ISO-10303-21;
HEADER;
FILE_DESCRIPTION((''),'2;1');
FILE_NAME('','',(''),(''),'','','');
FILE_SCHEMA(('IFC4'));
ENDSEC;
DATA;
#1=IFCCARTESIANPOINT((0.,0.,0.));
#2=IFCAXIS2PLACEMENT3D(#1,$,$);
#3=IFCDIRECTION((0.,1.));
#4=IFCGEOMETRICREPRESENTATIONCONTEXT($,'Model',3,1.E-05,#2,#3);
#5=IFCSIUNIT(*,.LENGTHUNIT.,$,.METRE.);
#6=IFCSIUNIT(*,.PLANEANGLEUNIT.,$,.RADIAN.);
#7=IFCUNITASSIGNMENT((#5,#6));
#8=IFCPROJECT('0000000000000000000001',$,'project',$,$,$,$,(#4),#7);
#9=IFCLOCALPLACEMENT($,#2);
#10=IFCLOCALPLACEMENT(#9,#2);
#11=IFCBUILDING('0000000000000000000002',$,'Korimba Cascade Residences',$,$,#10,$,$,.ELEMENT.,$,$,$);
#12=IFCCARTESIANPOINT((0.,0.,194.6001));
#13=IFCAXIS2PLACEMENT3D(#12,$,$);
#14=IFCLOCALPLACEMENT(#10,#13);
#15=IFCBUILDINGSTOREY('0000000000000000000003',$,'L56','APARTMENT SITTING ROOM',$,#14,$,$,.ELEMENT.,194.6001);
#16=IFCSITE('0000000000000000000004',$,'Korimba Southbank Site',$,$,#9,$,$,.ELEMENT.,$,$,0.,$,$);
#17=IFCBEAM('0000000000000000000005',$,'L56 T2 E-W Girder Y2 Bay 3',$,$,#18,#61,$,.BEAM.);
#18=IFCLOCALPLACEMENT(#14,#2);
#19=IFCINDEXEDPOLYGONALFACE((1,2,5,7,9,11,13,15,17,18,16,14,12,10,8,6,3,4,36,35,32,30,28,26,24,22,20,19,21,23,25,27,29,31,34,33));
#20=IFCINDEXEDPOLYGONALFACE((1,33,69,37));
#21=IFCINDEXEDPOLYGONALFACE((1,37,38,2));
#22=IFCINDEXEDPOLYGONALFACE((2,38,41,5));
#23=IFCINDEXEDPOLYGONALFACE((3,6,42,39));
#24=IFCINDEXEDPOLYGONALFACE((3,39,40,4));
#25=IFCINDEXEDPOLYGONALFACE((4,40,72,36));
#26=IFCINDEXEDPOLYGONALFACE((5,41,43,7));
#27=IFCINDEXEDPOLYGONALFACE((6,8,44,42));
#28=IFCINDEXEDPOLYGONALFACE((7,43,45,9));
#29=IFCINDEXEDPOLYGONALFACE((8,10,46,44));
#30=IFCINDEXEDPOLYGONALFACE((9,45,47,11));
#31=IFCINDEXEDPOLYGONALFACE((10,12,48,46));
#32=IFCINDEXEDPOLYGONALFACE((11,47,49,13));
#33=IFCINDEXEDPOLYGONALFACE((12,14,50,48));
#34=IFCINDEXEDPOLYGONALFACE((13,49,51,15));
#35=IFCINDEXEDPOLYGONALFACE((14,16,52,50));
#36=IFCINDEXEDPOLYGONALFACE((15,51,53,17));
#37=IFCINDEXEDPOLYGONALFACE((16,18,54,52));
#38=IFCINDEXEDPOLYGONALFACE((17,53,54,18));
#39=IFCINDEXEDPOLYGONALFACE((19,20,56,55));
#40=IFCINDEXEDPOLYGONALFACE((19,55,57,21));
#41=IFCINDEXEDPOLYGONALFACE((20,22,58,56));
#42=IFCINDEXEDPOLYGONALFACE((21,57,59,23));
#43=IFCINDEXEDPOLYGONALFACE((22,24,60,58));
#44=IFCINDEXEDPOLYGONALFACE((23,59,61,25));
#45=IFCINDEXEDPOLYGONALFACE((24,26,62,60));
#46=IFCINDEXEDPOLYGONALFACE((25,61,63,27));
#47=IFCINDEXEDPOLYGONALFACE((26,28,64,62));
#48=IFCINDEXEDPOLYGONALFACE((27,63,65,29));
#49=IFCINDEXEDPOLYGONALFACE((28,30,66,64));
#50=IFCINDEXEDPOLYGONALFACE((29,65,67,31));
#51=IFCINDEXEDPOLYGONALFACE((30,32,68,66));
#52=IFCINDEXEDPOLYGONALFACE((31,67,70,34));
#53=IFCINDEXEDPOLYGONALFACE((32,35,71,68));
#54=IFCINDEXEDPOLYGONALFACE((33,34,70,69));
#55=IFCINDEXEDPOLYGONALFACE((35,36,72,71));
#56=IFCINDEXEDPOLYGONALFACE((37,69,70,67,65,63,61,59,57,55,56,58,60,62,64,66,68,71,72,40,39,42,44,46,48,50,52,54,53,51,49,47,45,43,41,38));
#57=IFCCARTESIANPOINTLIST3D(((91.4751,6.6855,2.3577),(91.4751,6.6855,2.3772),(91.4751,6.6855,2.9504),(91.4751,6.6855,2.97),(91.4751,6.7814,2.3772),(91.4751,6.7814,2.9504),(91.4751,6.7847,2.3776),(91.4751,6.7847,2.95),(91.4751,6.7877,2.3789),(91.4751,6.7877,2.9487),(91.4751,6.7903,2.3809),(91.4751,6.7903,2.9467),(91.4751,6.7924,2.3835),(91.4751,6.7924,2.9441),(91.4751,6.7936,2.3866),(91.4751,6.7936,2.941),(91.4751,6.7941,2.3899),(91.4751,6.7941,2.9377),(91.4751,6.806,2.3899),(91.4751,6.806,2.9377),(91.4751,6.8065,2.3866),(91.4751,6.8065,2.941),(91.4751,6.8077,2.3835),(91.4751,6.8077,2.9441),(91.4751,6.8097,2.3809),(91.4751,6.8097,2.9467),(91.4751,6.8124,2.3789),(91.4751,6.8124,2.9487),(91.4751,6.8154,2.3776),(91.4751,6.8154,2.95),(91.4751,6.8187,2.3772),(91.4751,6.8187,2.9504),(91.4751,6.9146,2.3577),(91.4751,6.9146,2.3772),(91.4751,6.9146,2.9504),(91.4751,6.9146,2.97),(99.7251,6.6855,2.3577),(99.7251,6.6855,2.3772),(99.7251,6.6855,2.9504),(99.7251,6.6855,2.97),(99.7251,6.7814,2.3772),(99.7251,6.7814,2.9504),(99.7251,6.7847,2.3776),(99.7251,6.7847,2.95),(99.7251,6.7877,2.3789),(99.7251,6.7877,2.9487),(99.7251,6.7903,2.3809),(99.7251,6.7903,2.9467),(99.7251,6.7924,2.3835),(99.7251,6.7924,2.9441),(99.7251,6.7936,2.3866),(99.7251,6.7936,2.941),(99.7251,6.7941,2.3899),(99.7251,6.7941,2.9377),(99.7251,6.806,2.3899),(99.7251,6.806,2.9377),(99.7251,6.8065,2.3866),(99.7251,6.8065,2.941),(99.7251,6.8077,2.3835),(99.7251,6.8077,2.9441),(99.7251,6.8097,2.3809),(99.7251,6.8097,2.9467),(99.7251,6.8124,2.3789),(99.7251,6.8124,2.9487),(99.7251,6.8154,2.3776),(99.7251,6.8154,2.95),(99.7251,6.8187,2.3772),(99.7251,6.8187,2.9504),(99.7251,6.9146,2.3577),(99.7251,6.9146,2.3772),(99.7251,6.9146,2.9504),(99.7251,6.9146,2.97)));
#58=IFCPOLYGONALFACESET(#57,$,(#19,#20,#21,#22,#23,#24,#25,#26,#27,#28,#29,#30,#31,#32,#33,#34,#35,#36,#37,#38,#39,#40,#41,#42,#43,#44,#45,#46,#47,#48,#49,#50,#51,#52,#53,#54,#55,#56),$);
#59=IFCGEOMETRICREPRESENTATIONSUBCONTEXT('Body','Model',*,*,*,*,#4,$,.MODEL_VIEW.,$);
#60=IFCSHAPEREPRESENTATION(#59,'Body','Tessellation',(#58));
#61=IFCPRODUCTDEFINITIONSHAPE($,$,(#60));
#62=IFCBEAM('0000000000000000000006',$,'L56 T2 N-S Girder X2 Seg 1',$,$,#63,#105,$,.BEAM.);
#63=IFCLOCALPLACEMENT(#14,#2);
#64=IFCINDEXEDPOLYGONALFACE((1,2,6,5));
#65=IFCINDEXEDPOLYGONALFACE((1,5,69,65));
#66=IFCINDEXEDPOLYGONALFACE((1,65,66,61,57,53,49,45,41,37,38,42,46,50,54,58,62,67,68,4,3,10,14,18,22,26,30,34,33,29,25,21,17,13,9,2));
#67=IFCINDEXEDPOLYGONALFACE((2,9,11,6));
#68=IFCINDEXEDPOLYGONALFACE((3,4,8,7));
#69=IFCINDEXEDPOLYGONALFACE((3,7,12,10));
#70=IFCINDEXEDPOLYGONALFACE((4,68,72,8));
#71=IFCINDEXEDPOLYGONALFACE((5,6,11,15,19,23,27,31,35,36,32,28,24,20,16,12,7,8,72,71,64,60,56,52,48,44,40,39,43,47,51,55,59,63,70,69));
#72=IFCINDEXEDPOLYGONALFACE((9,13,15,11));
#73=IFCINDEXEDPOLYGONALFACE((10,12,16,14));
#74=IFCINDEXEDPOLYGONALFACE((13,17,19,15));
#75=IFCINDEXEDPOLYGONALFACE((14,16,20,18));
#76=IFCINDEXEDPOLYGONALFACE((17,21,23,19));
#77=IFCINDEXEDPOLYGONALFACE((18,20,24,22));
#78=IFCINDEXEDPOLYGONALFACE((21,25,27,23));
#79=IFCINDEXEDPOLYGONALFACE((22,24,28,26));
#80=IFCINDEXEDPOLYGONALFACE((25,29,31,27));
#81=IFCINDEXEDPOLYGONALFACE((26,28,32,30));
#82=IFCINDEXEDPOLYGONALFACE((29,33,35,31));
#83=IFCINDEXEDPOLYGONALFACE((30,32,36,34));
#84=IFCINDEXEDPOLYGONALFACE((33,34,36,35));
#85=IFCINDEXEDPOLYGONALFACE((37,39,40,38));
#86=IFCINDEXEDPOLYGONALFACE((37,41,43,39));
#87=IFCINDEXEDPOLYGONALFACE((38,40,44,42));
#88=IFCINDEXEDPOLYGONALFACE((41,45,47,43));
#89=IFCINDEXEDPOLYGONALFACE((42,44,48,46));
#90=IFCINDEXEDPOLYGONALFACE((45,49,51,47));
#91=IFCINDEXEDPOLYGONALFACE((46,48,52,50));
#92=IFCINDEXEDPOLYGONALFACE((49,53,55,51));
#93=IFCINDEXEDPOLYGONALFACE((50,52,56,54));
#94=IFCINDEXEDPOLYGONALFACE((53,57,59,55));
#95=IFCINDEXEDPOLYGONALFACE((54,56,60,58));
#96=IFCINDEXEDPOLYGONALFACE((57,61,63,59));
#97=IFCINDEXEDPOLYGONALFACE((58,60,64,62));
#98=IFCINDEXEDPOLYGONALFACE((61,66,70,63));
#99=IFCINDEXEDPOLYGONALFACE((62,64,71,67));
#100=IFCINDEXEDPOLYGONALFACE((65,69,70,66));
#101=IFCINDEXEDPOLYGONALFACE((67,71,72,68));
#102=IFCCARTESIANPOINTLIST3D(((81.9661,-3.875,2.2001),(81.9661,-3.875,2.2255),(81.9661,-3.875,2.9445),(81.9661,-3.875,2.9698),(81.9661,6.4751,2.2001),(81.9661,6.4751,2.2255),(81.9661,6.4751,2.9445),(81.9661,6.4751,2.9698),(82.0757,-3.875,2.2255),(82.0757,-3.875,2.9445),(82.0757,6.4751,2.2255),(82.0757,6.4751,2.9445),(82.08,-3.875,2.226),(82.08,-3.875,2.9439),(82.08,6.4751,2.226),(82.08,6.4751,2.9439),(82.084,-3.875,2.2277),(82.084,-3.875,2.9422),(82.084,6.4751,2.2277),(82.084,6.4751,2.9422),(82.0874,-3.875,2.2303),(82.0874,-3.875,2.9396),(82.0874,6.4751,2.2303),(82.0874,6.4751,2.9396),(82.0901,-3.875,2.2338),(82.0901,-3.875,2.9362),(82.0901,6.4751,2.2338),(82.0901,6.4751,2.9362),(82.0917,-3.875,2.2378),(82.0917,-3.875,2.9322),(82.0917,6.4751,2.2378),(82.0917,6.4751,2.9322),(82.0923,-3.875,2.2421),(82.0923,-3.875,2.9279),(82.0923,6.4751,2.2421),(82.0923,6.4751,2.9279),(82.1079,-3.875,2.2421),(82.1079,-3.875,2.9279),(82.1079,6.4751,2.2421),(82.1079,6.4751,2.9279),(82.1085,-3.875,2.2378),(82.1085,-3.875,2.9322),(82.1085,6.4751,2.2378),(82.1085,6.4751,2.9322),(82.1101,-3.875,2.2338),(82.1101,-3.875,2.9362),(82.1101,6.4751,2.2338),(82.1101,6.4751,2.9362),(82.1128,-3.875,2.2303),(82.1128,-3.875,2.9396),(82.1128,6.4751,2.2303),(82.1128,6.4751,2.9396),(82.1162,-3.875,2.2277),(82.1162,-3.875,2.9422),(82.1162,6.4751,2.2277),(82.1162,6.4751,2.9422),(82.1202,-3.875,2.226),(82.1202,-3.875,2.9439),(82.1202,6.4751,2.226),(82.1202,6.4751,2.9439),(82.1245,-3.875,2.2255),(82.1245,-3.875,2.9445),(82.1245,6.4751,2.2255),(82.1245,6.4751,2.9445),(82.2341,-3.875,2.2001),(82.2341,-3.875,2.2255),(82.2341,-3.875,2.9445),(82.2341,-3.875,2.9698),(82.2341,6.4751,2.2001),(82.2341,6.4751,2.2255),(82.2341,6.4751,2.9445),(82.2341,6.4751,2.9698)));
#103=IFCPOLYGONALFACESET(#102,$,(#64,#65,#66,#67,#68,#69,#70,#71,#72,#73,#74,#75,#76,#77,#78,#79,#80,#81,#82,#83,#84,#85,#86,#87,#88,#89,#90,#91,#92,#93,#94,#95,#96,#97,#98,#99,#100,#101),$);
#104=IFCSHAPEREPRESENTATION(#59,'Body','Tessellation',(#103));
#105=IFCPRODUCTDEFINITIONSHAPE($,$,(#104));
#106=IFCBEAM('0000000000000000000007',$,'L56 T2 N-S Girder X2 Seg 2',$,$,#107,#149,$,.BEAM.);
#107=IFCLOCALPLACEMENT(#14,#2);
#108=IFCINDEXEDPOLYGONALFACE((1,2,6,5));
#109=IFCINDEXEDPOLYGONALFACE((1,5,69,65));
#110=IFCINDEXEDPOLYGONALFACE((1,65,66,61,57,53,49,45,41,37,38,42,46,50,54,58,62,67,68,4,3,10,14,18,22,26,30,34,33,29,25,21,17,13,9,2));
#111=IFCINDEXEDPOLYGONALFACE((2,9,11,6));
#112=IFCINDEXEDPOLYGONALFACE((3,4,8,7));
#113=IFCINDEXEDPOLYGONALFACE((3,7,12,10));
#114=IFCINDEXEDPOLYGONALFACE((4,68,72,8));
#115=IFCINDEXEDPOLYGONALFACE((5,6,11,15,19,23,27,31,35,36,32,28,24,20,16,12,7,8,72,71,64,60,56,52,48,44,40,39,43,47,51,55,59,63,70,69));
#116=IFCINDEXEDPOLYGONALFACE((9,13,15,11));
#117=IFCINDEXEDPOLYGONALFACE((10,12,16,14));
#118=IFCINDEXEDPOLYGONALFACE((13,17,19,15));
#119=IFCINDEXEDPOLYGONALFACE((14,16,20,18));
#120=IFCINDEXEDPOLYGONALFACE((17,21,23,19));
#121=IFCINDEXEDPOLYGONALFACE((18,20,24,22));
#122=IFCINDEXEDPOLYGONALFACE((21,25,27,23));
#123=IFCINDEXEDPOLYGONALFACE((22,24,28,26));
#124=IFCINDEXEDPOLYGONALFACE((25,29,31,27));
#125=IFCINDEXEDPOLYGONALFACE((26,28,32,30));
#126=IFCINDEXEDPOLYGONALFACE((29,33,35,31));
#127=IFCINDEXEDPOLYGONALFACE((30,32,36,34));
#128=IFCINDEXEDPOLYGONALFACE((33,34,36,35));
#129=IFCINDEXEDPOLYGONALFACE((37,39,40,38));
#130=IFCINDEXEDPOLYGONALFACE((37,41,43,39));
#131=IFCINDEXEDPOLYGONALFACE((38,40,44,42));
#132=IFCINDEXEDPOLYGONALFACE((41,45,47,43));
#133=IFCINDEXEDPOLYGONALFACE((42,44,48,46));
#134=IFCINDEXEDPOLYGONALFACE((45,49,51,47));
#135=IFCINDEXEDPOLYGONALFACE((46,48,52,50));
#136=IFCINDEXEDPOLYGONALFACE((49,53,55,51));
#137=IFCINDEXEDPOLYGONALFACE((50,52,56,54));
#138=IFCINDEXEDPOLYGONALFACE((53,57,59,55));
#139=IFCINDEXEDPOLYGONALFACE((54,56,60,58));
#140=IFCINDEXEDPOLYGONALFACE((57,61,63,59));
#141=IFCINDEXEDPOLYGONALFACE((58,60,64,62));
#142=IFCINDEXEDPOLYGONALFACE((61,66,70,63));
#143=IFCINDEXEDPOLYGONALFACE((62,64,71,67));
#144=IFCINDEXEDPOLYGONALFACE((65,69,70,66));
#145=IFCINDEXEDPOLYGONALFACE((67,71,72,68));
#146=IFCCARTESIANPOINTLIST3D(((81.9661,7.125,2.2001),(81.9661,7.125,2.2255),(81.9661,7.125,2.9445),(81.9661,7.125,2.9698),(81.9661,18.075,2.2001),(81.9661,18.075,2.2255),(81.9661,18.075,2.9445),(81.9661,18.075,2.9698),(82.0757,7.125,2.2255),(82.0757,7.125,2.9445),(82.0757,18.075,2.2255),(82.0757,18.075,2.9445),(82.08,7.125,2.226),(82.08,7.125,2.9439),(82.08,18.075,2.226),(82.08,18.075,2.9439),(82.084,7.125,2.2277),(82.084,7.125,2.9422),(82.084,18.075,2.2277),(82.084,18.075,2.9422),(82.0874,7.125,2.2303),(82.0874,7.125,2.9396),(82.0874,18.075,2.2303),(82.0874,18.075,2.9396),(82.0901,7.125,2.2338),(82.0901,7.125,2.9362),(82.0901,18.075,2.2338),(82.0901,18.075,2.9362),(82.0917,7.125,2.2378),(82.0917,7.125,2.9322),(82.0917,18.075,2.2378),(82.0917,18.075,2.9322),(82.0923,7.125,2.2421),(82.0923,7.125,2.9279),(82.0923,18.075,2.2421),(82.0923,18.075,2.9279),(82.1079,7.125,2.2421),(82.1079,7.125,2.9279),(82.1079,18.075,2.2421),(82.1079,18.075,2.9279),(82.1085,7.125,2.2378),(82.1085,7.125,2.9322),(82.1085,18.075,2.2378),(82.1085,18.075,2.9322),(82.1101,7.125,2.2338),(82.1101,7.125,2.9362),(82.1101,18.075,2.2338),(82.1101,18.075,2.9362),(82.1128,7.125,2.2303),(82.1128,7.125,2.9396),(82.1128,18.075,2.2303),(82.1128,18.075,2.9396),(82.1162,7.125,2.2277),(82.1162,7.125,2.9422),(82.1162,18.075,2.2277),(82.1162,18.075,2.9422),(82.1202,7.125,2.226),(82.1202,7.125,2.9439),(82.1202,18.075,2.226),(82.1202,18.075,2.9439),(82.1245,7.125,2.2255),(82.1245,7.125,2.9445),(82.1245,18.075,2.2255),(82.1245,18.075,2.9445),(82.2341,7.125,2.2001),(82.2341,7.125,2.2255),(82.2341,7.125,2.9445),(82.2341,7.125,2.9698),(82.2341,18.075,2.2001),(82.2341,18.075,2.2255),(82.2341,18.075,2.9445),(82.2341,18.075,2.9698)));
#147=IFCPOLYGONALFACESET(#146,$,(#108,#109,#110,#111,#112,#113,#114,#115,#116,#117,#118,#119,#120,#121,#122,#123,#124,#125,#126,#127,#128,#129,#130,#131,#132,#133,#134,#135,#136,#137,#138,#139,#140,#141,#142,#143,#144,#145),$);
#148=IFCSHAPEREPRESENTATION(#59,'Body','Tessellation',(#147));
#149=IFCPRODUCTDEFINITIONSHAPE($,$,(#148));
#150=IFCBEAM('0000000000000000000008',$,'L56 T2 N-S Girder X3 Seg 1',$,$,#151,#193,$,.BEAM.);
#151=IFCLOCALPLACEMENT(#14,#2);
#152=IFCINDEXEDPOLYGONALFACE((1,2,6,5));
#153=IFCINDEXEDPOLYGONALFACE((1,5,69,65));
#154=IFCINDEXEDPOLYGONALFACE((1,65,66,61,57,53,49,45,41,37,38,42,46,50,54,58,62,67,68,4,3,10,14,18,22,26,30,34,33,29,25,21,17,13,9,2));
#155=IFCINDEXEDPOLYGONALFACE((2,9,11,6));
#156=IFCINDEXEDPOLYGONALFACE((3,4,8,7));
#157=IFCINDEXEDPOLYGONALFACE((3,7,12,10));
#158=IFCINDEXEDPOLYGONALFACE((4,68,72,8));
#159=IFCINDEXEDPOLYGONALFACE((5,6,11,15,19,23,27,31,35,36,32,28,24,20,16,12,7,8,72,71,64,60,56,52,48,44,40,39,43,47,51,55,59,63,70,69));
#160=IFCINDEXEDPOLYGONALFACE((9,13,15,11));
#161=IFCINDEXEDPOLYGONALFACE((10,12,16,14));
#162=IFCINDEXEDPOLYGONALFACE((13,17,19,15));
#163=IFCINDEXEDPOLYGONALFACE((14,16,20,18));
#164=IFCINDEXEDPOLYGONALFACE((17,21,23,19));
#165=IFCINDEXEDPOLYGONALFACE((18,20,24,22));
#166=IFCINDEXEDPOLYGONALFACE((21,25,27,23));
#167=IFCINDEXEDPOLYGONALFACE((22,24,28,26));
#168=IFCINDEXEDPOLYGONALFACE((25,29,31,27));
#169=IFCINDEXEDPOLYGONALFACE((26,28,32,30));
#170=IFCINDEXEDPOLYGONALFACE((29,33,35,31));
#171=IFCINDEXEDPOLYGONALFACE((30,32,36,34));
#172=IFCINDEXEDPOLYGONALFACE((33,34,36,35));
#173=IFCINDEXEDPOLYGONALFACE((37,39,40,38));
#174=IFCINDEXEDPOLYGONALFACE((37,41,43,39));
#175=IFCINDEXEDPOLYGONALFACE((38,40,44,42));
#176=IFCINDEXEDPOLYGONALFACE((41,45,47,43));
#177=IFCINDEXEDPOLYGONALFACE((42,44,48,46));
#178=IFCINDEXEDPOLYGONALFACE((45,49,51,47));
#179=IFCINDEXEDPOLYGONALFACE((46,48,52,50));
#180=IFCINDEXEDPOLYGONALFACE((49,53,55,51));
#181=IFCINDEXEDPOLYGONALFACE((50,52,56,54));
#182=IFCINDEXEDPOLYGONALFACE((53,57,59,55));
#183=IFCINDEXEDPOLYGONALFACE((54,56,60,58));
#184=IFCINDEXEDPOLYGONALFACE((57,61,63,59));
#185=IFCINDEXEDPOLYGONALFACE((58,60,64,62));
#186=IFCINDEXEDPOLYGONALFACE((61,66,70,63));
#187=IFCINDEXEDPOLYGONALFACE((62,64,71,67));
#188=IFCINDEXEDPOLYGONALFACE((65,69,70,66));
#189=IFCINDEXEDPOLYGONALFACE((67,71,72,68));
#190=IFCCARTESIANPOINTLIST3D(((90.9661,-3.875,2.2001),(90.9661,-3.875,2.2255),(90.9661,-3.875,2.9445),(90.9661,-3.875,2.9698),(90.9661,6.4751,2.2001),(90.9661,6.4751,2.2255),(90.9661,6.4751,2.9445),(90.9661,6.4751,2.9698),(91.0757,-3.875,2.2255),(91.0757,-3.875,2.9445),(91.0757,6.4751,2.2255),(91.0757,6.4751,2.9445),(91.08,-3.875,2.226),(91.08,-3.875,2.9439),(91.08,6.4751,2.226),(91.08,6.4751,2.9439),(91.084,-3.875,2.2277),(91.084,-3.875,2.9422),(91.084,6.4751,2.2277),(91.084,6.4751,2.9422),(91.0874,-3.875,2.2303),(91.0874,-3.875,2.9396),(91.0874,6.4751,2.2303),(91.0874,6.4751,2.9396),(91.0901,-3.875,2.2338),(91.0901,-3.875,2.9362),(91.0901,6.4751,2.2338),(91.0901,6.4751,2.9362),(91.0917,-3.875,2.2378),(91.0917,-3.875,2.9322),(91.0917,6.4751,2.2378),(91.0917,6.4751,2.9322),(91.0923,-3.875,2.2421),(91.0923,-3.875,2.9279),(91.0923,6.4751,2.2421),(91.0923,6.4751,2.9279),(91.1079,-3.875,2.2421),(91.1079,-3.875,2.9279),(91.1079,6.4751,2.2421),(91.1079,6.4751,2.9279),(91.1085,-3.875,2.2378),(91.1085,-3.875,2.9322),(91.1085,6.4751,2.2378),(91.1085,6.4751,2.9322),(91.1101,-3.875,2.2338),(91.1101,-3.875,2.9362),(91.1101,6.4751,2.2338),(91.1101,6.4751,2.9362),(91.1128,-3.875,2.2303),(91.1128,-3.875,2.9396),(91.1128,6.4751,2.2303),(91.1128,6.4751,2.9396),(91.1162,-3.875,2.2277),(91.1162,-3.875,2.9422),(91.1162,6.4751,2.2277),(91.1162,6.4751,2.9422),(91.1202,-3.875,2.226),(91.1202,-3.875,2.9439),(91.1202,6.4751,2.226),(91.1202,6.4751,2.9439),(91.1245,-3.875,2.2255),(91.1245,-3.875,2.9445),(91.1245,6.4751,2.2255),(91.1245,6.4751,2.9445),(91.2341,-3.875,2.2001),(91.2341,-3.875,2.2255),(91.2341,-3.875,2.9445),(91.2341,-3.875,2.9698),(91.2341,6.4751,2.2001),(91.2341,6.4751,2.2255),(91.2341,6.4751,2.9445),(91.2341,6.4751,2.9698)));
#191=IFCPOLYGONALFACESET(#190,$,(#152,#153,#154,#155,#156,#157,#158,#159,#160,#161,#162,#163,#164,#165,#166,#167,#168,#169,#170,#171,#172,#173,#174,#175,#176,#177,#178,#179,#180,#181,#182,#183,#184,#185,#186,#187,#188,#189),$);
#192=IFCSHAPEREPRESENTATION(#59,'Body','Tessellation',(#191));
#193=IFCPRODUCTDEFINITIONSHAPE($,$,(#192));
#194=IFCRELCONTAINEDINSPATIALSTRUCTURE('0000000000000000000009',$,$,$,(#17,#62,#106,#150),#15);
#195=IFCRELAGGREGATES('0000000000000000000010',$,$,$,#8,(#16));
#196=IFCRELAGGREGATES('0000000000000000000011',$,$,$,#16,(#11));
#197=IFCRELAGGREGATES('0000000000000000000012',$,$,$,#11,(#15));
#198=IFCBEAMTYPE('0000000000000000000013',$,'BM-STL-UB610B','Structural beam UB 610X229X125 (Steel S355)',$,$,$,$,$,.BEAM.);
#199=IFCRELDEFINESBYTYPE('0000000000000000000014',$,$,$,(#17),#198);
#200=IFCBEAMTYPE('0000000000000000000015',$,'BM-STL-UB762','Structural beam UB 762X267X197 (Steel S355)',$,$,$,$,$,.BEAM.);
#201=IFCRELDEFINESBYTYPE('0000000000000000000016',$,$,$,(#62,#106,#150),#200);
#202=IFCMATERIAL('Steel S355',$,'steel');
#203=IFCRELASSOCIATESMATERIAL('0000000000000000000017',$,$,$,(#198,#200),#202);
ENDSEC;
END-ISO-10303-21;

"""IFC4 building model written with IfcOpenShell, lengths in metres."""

from ifc_helpers import new_model, si_unit, direction, frame, origin, origin_2d, place, context, subcontext, project, spatial, i_section, extrude, material, material_profile, profile_set, type_object, element, save


model = new_model("IFC4")

# Units and contexts
model_context = context("Model", 3, precision=1e-05, world=origin(), true_north=direction((0.0, 1.0)))
body_context = subcontext(model_context, "Body", "Model", "MODEL_VIEW")
ifc_project = project(units=[si_unit("LENGTHUNIT", "METRE"), si_unit("PLANEANGLEUNIT", "RADIAN")], contexts=[model_context])

# Site, building, storey
site_placement = place(None, origin())
site = spatial("IfcSite", under=ifc_project, at=site_placement, Name="Korimba Southbank Site", CompositionType="ELEMENT", RefElevation=0.0)
building_placement = place(site_placement, origin())
building = spatial("IfcBuilding", under=site, at=building_placement, Name="Korimba Cascade Residences", CompositionType="ELEMENT")
storey_placement = place(building_placement, frame((0.0, 0.0, 194.6001)))
storey = spatial("IfcBuildingStorey", under=building, at=storey_placement, Name="L56", Description="APARTMENT SITTING ROOM", CompositionType="ELEMENT", Elevation=194.6001)

# Beams
ifc_material_1 = material(Name="Steel S355", Category="steel")
ifc_material_profile_1 = material_profile(ifc_material_1, i_section(OverallWidth=0.229, OverallDepth=0.6123, WebThickness=0.012, FlangeThickness=0.0195, FilletRadius=0.0127, at=origin_2d()), Name="Steel S355")
ifc_profile_set_1 = profile_set([ifc_material_profile_1], Name="Steel S355")
beam_type_1 = type_object("IfcBeamType", Name="BM-STL-UB610B", Description="Structural beam UB 610X229X125 (Steel S355)", PredefinedType="BEAM", material=ifc_profile_set_1)
for number, where, z_axis, x_axis, name in (
    (1, (91.4751, 6.8, 2.6638), (1.0, 0.0, 0.0), (0.0, 1.0, 0.0), "L56 T2 E-W Girder Y2 Bay 3"),
):
    element("IfcBeam", number, at=place(storey_placement, frame(where, z_axis=z_axis, x_axis=x_axis)), inside=storey, type_object=beam_type_1, Name=name, PredefinedType="BEAM", context=body_context, shape_type="SweptSolid", body=[
        extrude(i_section(OverallWidth=0.229, OverallDepth=0.6123, WebThickness=0.012, FlangeThickness=0.0195, FilletRadius=0.0127, at=origin_2d()), origin(), (0.0, 0.0, 1.0), 8.25),
    ])
ifc_material_profile_2 = material_profile(ifc_material_1, i_section(OverallWidth=0.2681, OverallDepth=0.7698, WebThickness=0.0156, FlangeThickness=0.0254, FilletRadius=0.0166, at=origin_2d()), Name="Steel S355")
ifc_profile_set_2 = profile_set([ifc_material_profile_2], Name="Steel S355")
beam_type_2 = type_object("IfcBeamType", Name="BM-STL-UB762", Description="Structural beam UB 762X267X197 (Steel S355)", PredefinedType="BEAM", material=ifc_profile_set_2)
beam_1_placement = place(storey_placement, frame((82.1001, -3.875, 2.585), z_axis=(0.0, 1.0, 0.0), x_axis=(-1.0, 0.0, 0.0)))
element("IfcBeam", 2, at=beam_1_placement, inside=storey, type_object=beam_type_2, Name="L56 T2 N-S Girder X2 Seg 1", PredefinedType="BEAM", context=body_context, shape_type="SweptSolid", body=[
    extrude(i_section(OverallWidth=0.2681, OverallDepth=0.7698, WebThickness=0.0156, FlangeThickness=0.0254, FilletRadius=0.0166, at=origin_2d()), origin(), (0.0, 0.0, 1.0), 10.3501),
])
beam_2_placement = place(storey_placement, frame((82.1001, 7.125, 2.585), z_axis=(0.0, 1.0, 0.0), x_axis=(-1.0, 0.0, 0.0)))
element("IfcBeam", 3, at=beam_2_placement, inside=storey, type_object=beam_type_2, Name="L56 T2 N-S Girder X2 Seg 2", PredefinedType="BEAM", context=body_context, shape_type="SweptSolid", body=[
    extrude(i_section(OverallWidth=0.2681, OverallDepth=0.7698, WebThickness=0.0156, FlangeThickness=0.0254, FilletRadius=0.0166, at=origin_2d()), origin(), (0.0, 0.0, 1.0), 10.95),
])
beam_3_placement = place(storey_placement, frame((91.1001, -3.875, 2.585), z_axis=(0.0, 1.0, 0.0), x_axis=(-1.0, 0.0, 0.0)))
element("IfcBeam", 4, at=beam_3_placement, inside=storey, type_object=beam_type_2, Name="L56 T2 N-S Girder X3 Seg 1", PredefinedType="BEAM", context=body_context, shape_type="SweptSolid", body=[
    extrude(i_section(OverallWidth=0.2681, OverallDepth=0.7698, WebThickness=0.0156, FlangeThickness=0.0254, FilletRadius=0.0166, at=origin_2d()), origin(), (0.0, 0.0, 1.0), 10.3501),
])

save(model, "model.ifc")
